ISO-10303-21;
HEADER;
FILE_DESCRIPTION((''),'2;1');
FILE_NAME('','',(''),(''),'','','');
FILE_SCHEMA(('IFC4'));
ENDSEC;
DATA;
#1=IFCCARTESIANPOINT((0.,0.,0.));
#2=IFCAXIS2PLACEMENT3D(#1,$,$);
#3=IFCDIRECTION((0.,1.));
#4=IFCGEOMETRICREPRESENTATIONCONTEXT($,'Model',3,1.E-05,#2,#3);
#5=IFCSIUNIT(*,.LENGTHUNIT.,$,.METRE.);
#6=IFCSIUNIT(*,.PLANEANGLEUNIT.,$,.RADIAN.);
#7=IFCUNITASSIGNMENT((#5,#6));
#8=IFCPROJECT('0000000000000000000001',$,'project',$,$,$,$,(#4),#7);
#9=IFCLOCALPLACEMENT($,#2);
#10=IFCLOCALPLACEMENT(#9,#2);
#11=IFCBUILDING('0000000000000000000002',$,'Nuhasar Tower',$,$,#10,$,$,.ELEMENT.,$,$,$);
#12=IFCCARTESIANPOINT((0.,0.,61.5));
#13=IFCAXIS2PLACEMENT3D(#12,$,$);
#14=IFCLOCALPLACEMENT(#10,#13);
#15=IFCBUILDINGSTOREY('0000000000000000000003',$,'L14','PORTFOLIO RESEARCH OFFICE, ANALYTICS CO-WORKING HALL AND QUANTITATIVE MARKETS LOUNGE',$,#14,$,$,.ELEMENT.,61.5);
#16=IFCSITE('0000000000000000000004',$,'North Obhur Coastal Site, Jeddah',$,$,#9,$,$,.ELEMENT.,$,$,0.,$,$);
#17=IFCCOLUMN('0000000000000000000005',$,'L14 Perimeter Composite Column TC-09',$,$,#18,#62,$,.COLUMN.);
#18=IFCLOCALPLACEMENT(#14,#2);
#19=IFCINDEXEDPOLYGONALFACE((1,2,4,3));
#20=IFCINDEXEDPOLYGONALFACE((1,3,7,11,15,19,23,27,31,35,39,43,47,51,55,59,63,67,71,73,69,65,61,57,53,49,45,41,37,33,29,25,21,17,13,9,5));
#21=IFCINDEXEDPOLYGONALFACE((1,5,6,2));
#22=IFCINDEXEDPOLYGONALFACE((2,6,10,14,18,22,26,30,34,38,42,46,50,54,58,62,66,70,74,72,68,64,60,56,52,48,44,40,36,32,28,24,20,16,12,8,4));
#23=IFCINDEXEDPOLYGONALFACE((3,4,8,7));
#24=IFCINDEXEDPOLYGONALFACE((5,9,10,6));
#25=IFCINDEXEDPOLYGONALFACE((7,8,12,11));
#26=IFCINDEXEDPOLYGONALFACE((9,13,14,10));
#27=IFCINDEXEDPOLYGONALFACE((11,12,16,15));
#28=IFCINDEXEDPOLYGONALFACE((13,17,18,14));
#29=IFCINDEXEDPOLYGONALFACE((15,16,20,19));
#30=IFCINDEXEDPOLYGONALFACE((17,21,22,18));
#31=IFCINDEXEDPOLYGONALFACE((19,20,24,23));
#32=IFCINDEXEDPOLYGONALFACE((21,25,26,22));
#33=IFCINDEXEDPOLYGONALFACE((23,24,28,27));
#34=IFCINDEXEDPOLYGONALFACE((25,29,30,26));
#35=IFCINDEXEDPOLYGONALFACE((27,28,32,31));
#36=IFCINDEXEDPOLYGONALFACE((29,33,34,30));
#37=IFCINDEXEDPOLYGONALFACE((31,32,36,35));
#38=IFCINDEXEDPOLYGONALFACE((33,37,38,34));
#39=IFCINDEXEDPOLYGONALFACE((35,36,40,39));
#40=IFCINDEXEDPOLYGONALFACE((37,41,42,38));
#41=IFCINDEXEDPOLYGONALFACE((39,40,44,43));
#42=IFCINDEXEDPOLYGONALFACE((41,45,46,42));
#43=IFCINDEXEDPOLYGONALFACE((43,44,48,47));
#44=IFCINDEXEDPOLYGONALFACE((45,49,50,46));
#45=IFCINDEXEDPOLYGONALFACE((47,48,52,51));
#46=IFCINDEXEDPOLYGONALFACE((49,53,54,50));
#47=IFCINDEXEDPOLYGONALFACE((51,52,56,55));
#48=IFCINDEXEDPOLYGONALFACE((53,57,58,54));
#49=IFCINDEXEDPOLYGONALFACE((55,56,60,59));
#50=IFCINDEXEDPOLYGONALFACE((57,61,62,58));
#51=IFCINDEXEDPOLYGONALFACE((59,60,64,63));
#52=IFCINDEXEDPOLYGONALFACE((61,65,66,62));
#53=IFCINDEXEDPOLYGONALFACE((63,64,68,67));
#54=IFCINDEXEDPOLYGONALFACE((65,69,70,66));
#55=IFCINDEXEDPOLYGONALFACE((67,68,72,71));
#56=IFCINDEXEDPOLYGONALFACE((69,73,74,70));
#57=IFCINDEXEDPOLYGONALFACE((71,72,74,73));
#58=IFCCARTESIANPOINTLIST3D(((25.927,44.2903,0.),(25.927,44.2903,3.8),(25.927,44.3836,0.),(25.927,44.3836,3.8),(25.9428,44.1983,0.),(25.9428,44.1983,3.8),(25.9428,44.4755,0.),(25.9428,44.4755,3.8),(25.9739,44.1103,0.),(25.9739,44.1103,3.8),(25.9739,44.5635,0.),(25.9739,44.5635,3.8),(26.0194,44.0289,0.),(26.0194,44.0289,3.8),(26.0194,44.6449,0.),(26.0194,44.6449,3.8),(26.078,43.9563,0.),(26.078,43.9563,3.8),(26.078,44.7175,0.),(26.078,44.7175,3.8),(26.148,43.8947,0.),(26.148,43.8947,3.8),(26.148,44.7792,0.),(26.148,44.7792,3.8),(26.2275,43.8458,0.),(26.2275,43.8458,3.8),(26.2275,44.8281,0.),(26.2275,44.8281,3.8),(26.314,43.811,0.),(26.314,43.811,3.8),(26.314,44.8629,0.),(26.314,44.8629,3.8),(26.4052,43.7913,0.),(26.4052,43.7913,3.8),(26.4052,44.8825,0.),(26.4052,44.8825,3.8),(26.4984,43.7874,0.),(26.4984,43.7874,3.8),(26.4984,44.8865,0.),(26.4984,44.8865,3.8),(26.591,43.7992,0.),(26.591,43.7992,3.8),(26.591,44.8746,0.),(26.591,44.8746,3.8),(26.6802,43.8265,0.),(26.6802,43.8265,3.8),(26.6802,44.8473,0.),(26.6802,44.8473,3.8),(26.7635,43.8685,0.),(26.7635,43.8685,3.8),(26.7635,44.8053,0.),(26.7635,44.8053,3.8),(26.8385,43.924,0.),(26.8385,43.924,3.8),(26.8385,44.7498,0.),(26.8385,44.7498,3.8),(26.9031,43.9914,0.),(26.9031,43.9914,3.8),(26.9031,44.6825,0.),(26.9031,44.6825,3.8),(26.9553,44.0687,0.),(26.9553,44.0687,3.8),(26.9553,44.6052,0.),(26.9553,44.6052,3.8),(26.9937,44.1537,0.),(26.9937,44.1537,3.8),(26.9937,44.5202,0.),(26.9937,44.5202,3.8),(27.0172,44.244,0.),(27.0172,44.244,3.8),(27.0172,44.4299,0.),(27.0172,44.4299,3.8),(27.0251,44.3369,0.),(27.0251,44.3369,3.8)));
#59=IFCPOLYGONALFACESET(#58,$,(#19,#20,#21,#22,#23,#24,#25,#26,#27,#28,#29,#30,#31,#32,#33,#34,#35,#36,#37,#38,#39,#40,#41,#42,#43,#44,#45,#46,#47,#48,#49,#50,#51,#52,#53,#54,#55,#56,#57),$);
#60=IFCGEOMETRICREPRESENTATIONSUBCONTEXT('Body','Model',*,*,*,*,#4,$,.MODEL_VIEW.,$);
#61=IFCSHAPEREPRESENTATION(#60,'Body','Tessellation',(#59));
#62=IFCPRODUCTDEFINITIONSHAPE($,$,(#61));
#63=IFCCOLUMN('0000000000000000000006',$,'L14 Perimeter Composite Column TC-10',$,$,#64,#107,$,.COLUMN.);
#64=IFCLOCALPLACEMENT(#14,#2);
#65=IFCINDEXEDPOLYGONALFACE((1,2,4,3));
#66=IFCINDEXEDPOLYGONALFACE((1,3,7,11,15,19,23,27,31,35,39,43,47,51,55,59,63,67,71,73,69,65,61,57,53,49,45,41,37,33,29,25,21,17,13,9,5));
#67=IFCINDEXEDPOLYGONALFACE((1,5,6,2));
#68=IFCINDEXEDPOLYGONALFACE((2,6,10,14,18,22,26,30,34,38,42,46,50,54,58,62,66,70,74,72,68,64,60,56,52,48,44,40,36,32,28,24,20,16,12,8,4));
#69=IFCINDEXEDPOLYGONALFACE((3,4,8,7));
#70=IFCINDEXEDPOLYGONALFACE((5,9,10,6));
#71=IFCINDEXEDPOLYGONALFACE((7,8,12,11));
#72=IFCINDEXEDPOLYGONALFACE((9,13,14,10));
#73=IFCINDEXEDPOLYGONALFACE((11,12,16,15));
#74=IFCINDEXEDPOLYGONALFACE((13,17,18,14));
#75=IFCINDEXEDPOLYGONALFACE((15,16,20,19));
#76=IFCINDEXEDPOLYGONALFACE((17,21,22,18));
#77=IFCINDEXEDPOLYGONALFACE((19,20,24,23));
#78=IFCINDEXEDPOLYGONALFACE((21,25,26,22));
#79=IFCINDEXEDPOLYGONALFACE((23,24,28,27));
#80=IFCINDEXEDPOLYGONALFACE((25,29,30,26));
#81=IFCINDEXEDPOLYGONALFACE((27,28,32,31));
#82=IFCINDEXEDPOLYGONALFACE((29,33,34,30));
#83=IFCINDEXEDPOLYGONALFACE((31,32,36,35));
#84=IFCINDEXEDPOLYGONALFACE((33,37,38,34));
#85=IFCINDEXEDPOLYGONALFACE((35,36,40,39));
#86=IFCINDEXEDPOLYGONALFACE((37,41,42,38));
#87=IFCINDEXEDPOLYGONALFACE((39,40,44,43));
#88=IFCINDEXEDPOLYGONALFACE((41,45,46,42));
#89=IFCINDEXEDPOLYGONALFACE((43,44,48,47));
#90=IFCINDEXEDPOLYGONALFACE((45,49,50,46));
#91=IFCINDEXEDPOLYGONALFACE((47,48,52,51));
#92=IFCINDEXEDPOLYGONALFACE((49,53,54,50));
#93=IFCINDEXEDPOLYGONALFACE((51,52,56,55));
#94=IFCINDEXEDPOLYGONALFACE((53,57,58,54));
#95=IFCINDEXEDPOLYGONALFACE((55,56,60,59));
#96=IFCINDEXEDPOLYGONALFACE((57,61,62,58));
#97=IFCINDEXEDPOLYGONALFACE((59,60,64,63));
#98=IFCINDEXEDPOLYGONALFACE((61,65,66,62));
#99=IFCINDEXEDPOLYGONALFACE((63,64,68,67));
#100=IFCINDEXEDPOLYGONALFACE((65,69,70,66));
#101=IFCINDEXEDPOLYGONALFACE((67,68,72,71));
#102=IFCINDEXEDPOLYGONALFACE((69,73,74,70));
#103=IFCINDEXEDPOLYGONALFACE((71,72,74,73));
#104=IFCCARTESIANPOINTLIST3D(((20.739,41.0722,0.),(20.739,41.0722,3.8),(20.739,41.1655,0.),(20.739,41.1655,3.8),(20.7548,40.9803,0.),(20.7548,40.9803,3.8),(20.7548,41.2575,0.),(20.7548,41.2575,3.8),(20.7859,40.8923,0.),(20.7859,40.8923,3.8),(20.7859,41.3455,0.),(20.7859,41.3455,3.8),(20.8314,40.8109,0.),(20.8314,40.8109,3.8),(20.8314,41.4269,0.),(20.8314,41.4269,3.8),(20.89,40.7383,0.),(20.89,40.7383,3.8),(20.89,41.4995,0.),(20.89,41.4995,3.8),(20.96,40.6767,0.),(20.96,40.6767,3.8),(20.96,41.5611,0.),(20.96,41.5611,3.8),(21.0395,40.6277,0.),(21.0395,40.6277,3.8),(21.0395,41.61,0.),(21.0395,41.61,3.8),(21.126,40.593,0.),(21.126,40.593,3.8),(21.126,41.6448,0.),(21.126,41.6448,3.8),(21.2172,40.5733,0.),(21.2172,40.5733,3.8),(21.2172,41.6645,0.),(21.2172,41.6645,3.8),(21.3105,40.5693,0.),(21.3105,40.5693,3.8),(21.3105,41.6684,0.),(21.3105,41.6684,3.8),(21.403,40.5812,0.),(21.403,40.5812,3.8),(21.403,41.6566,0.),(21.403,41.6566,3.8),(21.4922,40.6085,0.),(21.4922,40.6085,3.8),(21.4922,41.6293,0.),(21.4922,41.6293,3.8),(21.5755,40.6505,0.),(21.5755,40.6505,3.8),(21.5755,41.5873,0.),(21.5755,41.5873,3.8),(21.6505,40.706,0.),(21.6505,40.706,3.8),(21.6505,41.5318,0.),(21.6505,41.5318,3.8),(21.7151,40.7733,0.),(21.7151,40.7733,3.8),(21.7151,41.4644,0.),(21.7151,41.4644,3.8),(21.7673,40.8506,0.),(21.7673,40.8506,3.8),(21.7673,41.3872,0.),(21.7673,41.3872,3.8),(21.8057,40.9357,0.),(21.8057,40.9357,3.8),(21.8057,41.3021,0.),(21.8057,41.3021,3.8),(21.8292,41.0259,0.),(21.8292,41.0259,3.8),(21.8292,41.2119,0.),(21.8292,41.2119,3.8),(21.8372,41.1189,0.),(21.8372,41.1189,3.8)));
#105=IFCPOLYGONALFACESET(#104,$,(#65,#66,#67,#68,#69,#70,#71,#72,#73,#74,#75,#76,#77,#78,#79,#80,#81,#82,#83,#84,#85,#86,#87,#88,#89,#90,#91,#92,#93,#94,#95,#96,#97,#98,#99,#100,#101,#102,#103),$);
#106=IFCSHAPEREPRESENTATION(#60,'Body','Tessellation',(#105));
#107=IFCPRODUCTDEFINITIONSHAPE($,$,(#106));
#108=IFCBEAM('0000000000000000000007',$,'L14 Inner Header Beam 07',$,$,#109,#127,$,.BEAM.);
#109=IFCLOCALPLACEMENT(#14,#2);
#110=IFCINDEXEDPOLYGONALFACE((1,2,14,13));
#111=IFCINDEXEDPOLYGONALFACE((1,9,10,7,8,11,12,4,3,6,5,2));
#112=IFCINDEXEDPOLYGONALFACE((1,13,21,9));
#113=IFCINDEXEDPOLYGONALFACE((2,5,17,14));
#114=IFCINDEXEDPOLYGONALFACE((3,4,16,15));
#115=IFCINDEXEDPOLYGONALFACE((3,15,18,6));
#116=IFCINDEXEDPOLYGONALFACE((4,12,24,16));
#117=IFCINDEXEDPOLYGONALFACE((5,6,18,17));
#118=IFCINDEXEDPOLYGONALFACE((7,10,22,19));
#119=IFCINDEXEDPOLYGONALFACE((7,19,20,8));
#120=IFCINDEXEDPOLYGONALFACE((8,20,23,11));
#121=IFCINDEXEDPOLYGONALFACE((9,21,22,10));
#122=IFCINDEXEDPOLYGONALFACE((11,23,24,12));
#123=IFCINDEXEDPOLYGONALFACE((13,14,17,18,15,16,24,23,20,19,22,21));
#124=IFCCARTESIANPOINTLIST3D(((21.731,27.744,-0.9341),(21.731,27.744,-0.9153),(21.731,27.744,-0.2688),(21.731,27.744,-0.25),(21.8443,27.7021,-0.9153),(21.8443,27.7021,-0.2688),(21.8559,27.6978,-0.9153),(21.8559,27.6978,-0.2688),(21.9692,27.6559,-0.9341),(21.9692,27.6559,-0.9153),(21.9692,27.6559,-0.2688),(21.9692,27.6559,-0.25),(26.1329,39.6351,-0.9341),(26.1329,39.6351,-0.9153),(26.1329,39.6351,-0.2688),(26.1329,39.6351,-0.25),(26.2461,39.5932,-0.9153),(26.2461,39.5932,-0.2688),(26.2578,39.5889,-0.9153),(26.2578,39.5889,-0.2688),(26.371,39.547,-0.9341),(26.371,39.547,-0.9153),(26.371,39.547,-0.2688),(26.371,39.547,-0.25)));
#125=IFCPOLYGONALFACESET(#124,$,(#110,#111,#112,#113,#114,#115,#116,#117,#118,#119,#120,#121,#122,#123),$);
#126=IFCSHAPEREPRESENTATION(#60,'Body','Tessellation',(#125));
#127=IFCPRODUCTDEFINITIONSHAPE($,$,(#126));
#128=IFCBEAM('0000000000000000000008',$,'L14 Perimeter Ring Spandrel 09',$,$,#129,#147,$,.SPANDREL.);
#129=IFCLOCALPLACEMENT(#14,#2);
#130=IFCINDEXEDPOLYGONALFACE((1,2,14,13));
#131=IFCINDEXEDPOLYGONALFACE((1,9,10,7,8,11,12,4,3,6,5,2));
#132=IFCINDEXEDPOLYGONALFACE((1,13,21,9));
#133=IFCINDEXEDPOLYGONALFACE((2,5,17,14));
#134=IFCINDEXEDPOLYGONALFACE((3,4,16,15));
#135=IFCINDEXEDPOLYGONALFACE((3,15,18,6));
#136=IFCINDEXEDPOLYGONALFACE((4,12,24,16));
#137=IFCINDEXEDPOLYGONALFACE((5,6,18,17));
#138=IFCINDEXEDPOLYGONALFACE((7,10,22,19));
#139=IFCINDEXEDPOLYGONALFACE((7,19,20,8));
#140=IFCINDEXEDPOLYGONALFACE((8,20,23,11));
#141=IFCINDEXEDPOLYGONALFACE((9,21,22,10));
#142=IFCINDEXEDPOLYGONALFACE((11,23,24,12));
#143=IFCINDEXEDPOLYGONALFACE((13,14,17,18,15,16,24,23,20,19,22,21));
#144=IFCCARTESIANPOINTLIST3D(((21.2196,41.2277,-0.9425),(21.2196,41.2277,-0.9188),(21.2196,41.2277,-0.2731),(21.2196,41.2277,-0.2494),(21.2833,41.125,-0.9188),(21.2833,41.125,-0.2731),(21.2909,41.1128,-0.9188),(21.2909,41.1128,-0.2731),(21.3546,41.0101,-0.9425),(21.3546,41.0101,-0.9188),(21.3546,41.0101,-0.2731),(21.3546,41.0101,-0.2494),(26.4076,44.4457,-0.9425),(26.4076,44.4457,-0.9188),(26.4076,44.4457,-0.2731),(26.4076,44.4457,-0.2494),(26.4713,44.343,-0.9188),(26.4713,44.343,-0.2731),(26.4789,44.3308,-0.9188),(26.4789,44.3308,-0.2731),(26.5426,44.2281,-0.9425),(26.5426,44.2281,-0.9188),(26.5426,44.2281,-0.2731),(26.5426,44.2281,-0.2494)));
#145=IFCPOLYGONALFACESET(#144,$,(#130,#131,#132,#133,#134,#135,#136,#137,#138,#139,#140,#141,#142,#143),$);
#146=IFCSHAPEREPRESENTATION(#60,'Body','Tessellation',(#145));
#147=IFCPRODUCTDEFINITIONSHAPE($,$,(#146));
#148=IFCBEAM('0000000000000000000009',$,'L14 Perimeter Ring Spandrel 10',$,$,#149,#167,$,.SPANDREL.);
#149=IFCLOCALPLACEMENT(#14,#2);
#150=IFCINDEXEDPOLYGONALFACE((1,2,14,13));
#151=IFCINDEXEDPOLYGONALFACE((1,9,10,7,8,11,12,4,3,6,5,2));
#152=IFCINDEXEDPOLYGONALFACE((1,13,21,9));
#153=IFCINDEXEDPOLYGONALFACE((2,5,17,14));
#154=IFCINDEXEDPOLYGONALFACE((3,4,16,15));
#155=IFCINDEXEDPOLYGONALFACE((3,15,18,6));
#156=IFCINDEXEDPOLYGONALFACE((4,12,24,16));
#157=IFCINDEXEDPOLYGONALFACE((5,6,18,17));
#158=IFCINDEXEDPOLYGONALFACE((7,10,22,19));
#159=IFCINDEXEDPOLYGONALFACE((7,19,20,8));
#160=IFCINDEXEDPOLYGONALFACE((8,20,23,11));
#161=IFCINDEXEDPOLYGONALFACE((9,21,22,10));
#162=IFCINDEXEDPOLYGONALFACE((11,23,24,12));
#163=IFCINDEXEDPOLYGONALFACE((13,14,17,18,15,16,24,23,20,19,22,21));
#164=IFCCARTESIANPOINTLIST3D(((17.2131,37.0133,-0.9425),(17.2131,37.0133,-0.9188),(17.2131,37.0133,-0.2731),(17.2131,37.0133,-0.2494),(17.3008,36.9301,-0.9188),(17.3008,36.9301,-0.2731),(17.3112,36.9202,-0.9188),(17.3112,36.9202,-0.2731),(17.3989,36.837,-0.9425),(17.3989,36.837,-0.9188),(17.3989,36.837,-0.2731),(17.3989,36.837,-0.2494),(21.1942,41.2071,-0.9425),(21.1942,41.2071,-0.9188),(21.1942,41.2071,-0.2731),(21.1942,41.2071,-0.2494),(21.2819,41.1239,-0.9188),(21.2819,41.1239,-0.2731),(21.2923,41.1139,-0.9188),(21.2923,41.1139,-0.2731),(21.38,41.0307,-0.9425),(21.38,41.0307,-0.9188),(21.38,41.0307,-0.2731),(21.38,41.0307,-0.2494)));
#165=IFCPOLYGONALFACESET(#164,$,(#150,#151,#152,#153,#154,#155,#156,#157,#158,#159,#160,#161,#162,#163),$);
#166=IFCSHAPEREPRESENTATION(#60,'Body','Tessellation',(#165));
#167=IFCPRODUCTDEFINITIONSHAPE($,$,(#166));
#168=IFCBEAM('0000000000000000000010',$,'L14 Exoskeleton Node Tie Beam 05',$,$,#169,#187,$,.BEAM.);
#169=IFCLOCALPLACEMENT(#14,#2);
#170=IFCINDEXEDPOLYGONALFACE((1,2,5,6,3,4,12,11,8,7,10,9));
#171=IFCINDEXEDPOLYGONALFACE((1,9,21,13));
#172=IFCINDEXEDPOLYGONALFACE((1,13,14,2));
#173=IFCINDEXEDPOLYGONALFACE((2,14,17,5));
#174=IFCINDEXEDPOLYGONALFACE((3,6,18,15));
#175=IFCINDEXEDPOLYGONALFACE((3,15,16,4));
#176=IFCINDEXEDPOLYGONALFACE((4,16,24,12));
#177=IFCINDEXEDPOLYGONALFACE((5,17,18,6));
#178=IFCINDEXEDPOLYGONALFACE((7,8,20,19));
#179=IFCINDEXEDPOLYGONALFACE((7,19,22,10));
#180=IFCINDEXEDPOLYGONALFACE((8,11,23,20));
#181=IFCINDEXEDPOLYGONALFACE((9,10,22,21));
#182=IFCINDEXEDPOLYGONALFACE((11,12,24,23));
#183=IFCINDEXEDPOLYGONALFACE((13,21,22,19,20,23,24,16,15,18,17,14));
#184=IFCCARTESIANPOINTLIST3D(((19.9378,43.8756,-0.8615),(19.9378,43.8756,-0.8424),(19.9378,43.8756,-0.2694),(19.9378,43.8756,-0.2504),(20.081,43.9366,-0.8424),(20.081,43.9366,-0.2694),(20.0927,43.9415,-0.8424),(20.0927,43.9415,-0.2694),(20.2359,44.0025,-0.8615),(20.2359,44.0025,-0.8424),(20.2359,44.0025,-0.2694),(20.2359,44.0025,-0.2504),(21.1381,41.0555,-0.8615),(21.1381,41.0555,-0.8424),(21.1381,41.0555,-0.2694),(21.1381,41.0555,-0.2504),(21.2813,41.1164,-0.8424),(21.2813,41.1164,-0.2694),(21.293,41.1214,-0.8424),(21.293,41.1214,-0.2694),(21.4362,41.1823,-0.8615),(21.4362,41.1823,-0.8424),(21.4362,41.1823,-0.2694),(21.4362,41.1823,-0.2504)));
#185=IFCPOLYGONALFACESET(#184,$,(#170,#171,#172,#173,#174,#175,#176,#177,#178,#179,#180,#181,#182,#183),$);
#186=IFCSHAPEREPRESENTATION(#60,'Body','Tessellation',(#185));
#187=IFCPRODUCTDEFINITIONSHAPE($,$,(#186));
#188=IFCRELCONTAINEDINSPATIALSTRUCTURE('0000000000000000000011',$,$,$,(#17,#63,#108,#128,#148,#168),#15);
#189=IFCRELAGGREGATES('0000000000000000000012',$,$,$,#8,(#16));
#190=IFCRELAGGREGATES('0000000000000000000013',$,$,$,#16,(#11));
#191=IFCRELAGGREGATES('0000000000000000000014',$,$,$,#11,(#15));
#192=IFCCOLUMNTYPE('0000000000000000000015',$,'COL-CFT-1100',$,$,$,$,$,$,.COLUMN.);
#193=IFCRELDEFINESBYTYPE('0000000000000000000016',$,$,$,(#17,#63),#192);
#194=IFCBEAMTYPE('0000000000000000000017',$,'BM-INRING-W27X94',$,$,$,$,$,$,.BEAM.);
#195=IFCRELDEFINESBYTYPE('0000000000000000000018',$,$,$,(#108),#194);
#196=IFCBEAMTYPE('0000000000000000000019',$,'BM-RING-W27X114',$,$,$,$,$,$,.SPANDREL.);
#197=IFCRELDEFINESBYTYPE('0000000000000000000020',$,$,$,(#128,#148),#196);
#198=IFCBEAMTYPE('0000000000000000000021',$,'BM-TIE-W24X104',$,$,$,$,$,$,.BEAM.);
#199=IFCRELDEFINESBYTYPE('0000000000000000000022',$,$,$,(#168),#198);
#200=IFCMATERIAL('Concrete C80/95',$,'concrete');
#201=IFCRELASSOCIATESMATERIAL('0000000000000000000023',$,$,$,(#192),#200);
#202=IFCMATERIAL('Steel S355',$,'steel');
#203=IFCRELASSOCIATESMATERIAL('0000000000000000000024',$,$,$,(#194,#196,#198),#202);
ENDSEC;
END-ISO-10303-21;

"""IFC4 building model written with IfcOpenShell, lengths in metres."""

from ifc_helpers import new_model, si_unit, direction, frame, origin, origin_2d, place, context, subcontext, project, spatial, circle, i_section, extrude, material, material_profile, profile_set, type_object, element, save


model = new_model("IFC4")

# Units and contexts
model_context = context("Model", 3, precision=1e-05, world=origin(), true_north=direction((0.0, 1.0)))
body_context = subcontext(model_context, "Body", "Model", "MODEL_VIEW")
ifc_project = project(units=[si_unit("LENGTHUNIT", "METRE"), si_unit("PLANEANGLEUNIT", "RADIAN")], contexts=[model_context])

# Site, building, storey
site_placement = place(None, origin())
site = spatial("IfcSite", under=ifc_project, at=site_placement, Name="North Obhur Coastal Site, Jeddah", CompositionType="ELEMENT", RefElevation=0.0)
building_placement = place(site_placement, origin())
building = spatial("IfcBuilding", under=site, at=building_placement, Name="Nuhasar Tower", CompositionType="ELEMENT")
storey_placement = place(building_placement, frame((0.0, 0.0, 61.5)))
storey = spatial("IfcBuildingStorey", under=building, at=storey_placement, Name="L14", Description="PORTFOLIO RESEARCH OFFICE, ANALYTICS CO-WORKING HALL AND QUANTITATIVE MARKETS LOUNGE", CompositionType="ELEMENT", Elevation=61.5)

# Columns
ifc_material_1 = material(Name="Concrete C80/95", Category="concrete")
ifc_material_profile_1 = material_profile(ifc_material_1, circle(Radius=0.55, at=origin_2d()), Name="CFT1100")
ifc_profile_set_1 = profile_set([ifc_material_profile_1], Name="Concrete C80/95")
column_type = type_object("IfcColumnType", Name="COL-CFT-1100", PredefinedType="COLUMN", material=ifc_profile_set_1)
for number, where, z_axis, x_axis, name in (
    (1, (26.4751, 44.3369, 0.0), (0.0, 0.0, 1.0), (1.0, 0.0, 0.0), "L14 Perimeter Composite Column TC-09"),
    (2, (21.2871, 41.1189, 0.0), (0.0, 0.0, 1.0), (1.0, 0.0, 0.0), "L14 Perimeter Composite Column TC-10"),
):
    element("IfcColumn", number, at=place(storey_placement, frame(where, z_axis=z_axis, x_axis=x_axis)), inside=storey, type_object=column_type, Name=name, PredefinedType="COLUMN", context=body_context, shape_type="SweptSolid", body=[
        extrude(circle(Radius=0.55, at=origin_2d()), origin(), (0.0, 0.0, 1.0), 3.8),
    ])

# Beams
ifc_material_2 = material(Name="Steel S355", Category="steel")
ifc_material_profile_2 = material_profile(ifc_material_2, i_section(OverallWidth=0.2539, OverallDepth=0.6841, WebThickness=0.0125, FlangeThickness=0.0188, at=origin_2d()), Name="W27X94")
ifc_profile_set_2 = profile_set([ifc_material_profile_2], Name="Steel S355")
beam_type_1 = type_object("IfcBeamType", Name="BM-INRING-W27X94", PredefinedType="BEAM", material=ifc_profile_set_2)
beam_1_placement = place(storey_placement, frame((26.252, 39.5911, -0.592), z_axis=(-0.347158, -0.937807, 0.0), x_axis=(0.937807, -0.347158, 0.0)))
element("IfcBeam", 3, at=beam_1_placement, inside=storey, type_object=beam_type_1, Name="L14 Inner Header Beam 07", PredefinedType="BEAM", context=body_context, shape_type="SweptSolid", body=[
    extrude(i_section(OverallWidth=0.2539, OverallDepth=0.6841, WebThickness=0.0125, FlangeThickness=0.0188, at=origin_2d()), origin(), (0.0, 0.0, 1.0), 12.6797),
])
ifc_material_profile_3 = material_profile(ifc_material_2, i_section(OverallWidth=0.2561, OverallDepth=0.6931, WebThickness=0.0144, FlangeThickness=0.0237, at=origin_2d()), Name="W27X114")
ifc_profile_set_3 = profile_set([ifc_material_profile_3], Name="Steel S355")
beam_type_2 = type_object("IfcBeamType", Name="BM-RING-W27X114", PredefinedType="SPANDREL", material=ifc_profile_set_3)
beam_2_placement = place(storey_placement, frame((26.4751, 44.3369, -0.5959), z_axis=(-0.849795, -0.527113, 0.0), x_axis=(0.527113, -0.849795, 0.0)))
element("IfcBeam", 4, at=beam_2_placement, inside=storey, type_object=beam_type_2, Name="L14 Perimeter Ring Spandrel 09", PredefinedType="SPANDREL", context=body_context, shape_type="SweptSolid", body=[
    extrude(i_section(OverallWidth=0.2561, OverallDepth=0.6931, WebThickness=0.0144, FlangeThickness=0.0237, at=origin_2d()), origin(), (0.0, 0.0, 1.0), 6.105),
])
beam_3_placement = place(storey_placement, frame((21.2871, 41.1189, -0.5959), z_axis=(-0.688481, -0.725254, 0.0), x_axis=(0.725254, -0.688481, 0.0)))
element("IfcBeam", 5, at=beam_3_placement, inside=storey, type_object=beam_type_2, Name="L14 Perimeter Ring Spandrel 10", PredefinedType="SPANDREL", context=body_context, shape_type="SweptSolid", body=[
    extrude(i_section(OverallWidth=0.2561, OverallDepth=0.6931, WebThickness=0.0144, FlangeThickness=0.0237, at=origin_2d()), origin(), (0.0, 0.0, 1.0), 5.7825),
])
ifc_material_profile_4 = material_profile(ifc_material_2, i_section(OverallWidth=0.324, OverallDepth=0.6111, WebThickness=0.0127, FlangeThickness=0.019, at=origin_2d()), Name="W24X104")
ifc_profile_set_4 = profile_set([ifc_material_profile_4], Name="Steel S355")
beam_type_3 = type_object("IfcBeamType", Name="BM-TIE-W24X104", PredefinedType="BEAM", material=ifc_profile_set_4)
beam_4_placement = place(storey_placement, frame((21.2871, 41.1189, -0.5559), z_axis=(-0.391601, 0.920135, 0.0), x_axis=(-0.920135, -0.391601, 0.0)))
element("IfcBeam", 6, at=beam_4_placement, inside=storey, type_object=beam_type_3, Name="L14 Exoskeleton Node Tie Beam 05", PredefinedType="BEAM", context=body_context, shape_type="SweptSolid", body=[
    extrude(i_section(OverallWidth=0.324, OverallDepth=0.6111, WebThickness=0.0127, FlangeThickness=0.019, at=origin_2d()), origin(), (0.0, 0.0, 1.0), 3.0649),
])

save(model, "model.ifc")
